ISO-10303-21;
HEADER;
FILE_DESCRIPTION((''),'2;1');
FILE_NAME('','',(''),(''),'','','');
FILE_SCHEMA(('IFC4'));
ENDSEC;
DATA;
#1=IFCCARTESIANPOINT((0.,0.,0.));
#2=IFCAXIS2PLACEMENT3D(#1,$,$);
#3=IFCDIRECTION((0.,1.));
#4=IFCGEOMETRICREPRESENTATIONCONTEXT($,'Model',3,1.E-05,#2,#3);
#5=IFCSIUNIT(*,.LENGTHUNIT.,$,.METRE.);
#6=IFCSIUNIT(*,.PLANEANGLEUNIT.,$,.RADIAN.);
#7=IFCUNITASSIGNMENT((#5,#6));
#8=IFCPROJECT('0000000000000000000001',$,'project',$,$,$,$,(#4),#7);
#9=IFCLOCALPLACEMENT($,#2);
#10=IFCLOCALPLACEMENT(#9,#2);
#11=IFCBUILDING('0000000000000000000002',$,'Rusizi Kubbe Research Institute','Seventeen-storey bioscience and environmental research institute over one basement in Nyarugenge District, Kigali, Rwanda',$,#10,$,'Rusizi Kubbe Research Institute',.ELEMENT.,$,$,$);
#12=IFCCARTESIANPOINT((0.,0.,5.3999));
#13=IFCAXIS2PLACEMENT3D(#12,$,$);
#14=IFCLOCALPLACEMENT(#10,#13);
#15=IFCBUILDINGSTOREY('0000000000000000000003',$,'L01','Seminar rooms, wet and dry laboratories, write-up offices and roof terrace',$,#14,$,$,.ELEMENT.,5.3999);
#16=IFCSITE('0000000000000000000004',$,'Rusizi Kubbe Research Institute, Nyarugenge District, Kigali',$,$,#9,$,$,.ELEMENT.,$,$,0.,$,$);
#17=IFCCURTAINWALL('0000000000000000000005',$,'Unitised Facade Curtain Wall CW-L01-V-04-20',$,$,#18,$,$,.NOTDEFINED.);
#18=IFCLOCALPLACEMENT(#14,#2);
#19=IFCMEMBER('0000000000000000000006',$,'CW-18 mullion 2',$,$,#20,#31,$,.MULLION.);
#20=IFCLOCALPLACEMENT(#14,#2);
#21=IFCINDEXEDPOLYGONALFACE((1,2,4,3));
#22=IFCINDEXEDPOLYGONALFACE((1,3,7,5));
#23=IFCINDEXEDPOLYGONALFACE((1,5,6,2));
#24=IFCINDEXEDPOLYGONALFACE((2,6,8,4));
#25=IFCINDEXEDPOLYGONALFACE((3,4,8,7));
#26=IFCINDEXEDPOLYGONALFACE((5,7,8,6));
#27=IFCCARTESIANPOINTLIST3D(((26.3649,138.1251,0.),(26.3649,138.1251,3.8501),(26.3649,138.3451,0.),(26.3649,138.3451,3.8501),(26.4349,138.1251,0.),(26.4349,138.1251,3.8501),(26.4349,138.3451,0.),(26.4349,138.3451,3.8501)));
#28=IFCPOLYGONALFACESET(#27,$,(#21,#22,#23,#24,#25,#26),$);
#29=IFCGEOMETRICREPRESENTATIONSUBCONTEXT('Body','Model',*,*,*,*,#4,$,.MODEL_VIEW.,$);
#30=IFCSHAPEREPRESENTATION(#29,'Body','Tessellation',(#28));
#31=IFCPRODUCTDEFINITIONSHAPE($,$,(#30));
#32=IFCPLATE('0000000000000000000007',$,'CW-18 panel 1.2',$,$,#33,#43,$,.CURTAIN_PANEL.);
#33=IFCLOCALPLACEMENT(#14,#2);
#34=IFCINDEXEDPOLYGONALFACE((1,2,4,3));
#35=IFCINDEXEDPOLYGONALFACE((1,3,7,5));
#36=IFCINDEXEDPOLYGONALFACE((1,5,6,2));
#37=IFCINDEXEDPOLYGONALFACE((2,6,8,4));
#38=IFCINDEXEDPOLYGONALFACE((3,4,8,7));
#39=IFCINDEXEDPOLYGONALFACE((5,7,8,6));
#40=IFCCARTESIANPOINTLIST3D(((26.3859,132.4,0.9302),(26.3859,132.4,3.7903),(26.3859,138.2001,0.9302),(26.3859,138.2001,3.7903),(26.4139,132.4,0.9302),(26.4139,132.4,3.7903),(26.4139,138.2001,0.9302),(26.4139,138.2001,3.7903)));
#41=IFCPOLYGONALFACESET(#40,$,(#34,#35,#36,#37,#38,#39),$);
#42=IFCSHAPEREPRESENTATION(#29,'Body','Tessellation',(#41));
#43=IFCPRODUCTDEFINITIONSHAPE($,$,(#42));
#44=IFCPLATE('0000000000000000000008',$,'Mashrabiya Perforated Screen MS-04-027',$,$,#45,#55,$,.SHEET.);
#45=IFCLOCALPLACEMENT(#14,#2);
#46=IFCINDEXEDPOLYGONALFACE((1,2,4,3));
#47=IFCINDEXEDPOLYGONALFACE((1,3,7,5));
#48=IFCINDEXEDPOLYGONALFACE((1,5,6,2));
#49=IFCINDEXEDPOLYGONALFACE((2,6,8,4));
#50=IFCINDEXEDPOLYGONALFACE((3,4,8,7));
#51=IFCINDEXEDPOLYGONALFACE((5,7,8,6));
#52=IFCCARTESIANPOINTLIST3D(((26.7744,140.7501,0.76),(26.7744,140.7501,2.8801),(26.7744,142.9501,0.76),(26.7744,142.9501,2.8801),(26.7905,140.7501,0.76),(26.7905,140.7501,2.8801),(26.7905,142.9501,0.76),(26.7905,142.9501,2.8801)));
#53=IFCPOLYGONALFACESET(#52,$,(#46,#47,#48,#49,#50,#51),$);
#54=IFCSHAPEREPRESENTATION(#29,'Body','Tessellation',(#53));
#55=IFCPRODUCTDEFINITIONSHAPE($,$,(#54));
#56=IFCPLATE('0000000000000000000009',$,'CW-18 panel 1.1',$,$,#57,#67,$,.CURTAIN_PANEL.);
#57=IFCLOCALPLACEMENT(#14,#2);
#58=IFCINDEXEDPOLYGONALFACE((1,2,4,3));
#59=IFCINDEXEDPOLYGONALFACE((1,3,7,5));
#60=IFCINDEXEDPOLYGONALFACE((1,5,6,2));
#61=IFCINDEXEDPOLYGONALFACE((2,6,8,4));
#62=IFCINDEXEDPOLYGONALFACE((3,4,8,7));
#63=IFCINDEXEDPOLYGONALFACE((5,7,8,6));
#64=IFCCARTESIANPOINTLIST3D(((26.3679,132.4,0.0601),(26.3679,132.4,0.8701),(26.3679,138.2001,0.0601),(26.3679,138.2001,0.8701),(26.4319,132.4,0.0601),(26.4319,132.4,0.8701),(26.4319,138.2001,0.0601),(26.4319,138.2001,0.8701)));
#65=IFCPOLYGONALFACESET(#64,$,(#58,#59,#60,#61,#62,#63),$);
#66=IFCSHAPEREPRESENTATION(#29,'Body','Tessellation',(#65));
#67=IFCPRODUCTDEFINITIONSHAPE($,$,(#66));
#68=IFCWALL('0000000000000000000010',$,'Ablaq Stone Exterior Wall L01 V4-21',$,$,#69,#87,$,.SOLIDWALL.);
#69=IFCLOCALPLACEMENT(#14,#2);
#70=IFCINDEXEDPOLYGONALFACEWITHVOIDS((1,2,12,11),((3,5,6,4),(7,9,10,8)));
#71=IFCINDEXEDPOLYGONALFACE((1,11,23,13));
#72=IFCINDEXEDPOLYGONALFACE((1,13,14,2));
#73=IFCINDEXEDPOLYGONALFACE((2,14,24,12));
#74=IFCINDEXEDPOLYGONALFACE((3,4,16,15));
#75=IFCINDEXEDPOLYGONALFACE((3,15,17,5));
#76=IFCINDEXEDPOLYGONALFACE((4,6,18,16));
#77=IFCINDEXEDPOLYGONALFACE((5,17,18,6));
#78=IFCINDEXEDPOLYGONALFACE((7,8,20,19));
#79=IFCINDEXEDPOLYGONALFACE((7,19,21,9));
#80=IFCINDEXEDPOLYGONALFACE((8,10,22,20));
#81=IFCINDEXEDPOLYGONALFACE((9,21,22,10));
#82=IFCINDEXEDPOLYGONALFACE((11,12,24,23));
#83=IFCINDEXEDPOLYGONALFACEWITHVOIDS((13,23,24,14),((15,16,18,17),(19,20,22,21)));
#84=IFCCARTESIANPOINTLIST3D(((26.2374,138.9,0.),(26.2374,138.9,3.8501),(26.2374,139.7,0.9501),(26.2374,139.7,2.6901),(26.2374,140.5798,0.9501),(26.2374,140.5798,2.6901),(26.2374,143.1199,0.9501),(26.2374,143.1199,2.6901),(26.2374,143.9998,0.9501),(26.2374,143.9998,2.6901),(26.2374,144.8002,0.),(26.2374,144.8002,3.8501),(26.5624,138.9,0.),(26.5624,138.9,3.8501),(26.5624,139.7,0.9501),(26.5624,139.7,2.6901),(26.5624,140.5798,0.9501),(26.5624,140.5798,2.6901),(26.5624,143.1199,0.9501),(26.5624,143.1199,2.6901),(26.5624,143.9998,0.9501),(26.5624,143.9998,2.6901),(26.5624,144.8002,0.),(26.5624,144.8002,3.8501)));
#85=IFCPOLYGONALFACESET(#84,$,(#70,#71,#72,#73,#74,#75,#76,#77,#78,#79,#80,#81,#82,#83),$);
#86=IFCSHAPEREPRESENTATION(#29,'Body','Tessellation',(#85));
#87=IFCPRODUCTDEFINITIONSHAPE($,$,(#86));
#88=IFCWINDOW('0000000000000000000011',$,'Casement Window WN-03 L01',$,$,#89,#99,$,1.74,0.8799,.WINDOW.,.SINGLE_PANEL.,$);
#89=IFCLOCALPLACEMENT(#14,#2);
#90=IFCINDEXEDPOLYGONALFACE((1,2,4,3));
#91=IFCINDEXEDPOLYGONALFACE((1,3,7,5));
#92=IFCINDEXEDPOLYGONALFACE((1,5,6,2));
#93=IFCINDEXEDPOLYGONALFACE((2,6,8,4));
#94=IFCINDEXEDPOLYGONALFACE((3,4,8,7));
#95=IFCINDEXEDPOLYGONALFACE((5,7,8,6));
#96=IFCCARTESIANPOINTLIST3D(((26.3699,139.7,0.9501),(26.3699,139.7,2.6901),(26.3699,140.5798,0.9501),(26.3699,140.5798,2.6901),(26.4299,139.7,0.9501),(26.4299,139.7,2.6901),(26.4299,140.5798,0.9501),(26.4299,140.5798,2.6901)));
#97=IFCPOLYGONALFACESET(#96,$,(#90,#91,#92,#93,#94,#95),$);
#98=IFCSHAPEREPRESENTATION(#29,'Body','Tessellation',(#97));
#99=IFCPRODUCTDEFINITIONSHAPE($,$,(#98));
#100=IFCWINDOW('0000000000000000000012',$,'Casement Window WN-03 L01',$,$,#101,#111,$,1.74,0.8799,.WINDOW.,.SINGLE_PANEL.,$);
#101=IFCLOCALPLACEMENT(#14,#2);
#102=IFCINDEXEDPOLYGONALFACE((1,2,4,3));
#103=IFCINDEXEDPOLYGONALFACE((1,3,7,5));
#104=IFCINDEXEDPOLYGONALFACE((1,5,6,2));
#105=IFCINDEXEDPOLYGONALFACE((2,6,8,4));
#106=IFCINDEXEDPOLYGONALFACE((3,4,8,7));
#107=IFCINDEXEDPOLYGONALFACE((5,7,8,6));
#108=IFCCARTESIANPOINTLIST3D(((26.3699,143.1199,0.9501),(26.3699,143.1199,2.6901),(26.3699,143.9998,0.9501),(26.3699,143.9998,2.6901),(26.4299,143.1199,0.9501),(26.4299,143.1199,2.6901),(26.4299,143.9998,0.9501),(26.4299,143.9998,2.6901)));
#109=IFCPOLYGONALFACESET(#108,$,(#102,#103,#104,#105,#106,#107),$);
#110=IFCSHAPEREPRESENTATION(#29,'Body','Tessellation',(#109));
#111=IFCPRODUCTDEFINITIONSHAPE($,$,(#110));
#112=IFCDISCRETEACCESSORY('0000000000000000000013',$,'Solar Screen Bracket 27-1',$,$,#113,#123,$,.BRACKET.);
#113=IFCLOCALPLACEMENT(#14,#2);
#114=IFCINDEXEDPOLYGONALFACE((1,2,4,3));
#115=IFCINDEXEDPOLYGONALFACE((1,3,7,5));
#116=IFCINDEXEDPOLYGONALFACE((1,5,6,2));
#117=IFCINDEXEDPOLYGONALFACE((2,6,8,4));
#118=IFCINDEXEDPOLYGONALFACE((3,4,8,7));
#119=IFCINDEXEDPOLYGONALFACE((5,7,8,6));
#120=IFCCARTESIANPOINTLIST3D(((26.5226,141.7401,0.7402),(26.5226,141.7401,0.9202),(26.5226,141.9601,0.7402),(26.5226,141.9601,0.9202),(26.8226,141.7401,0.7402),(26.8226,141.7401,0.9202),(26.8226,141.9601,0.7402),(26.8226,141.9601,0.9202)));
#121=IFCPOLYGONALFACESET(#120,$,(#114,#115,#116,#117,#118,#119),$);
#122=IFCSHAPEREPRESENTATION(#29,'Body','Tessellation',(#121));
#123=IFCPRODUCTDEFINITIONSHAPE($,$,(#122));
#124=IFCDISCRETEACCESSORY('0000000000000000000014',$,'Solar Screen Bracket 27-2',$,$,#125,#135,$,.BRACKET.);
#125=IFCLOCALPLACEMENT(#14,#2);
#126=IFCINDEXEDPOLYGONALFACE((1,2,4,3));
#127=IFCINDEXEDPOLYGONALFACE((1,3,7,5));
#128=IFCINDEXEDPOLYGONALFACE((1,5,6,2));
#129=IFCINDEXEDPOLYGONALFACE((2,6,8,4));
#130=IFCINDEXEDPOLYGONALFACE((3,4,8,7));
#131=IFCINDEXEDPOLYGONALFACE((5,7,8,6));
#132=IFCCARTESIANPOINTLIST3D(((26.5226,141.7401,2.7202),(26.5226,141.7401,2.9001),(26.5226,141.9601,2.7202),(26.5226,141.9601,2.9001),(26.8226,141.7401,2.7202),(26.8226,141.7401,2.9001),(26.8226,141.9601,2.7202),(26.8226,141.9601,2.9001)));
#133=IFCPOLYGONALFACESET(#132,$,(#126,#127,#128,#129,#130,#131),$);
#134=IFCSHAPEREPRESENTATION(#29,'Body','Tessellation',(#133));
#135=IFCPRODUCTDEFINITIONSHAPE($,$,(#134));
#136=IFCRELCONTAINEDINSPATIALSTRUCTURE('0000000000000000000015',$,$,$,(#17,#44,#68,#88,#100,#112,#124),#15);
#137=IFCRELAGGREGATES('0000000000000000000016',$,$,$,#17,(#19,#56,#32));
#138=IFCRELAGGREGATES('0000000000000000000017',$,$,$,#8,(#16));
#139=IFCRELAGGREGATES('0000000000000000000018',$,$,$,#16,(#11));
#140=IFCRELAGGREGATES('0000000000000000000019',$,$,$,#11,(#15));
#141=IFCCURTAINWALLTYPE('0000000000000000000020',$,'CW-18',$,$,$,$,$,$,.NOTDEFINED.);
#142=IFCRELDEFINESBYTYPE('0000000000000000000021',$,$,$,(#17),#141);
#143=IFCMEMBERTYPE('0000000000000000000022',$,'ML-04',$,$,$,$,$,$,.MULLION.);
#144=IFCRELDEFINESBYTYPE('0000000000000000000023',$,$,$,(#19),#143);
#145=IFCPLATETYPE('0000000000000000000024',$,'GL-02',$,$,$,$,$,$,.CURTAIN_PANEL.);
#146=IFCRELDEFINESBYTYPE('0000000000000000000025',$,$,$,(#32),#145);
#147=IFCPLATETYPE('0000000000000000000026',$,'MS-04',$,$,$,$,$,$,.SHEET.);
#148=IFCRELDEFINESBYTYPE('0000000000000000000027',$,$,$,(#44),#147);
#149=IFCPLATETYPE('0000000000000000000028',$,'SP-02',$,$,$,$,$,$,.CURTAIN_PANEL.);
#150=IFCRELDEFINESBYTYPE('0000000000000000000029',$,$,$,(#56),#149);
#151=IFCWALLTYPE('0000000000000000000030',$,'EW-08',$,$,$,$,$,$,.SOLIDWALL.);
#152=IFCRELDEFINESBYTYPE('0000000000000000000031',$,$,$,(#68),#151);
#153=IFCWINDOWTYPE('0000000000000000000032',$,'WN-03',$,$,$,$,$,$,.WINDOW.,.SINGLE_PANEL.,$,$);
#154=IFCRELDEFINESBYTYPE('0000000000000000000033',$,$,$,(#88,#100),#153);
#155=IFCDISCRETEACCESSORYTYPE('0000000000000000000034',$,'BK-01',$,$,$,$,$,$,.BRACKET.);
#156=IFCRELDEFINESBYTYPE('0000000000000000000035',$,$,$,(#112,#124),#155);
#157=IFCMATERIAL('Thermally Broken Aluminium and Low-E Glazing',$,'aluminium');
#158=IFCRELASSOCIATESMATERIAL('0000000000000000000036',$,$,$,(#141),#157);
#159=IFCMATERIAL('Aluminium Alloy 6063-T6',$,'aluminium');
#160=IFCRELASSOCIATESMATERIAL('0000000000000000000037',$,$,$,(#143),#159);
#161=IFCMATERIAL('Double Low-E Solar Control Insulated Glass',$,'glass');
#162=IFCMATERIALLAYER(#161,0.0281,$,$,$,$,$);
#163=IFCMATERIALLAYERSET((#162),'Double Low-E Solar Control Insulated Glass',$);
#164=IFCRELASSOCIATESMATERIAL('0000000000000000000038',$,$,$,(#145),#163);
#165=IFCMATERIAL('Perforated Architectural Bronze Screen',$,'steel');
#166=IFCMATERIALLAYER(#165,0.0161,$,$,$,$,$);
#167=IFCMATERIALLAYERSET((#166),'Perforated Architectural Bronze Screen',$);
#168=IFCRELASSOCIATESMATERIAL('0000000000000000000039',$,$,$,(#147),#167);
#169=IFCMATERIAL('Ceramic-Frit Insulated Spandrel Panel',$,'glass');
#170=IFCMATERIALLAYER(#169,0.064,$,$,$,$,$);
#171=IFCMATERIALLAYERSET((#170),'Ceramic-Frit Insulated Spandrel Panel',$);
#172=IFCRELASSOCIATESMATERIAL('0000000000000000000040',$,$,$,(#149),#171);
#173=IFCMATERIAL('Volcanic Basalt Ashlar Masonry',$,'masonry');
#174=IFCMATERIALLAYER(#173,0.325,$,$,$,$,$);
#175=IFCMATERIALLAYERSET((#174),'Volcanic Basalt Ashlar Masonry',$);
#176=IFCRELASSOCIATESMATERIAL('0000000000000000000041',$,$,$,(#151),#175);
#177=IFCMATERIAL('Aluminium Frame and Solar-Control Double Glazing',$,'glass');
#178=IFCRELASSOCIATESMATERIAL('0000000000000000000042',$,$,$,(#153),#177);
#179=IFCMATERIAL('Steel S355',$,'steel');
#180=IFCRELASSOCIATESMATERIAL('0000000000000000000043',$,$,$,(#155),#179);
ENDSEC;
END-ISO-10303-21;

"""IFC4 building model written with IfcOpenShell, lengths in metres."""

from ifc_helpers import new_model, si_unit, direction, frame, frame_2d, origin, origin_2d, place, context, subcontext, project, spatial, rectangle, extrude, material, layer, layer_set, material_profile, profile_set, type_object, element, fill, aggregate, save


model = new_model("IFC4")

# Units and contexts
model_context = context("Model", 3, precision=1e-05, world=origin(), true_north=direction((0.0, 1.0)))
body_context = subcontext(model_context, "Body", "Model", "MODEL_VIEW")
ifc_project = project(units=[si_unit("LENGTHUNIT", "METRE"), si_unit("PLANEANGLEUNIT", "RADIAN")], contexts=[model_context])

# Site, building, storey
site_placement = place(None, origin())
site = spatial("IfcSite", under=ifc_project, at=site_placement, Name="Rusizi Kubbe Research Institute, Nyarugenge District, Kigali", CompositionType="ELEMENT", RefElevation=0.0)
building_placement = place(site_placement, origin())
building = spatial("IfcBuilding", under=site, at=building_placement, Name="Rusizi Kubbe Research Institute", Description="Seventeen-storey bioscience and environmental research institute over one basement in Nyarugenge District, Kigali, Rwanda", LongName="Rusizi Kubbe Research Institute", CompositionType="ELEMENT")
storey_placement = place(building_placement, frame((0.0, 0.0, 5.3999)))
storey = spatial("IfcBuildingStorey", under=building, at=storey_placement, Name="L01", Description="Seminar rooms, wet and dry laboratories, write-up offices and roof terrace", CompositionType="ELEMENT", Elevation=5.3999)

# Curtain wall, member, plate
ifc_material_1 = material(Name="Thermally Broken Aluminium and Low-E Glazing", Category="aluminium")
curtain_wall_type = type_object("IfcCurtainWallType", Name="CW-18", PredefinedType="NOTDEFINED", material=ifc_material_1)
curtain_wall_placement = place(storey_placement, origin())
curtain_wall = element("IfcCurtainWall", 1, at=curtain_wall_placement, inside=storey, type_object=curtain_wall_type, Name="Unitised Facade Curtain Wall CW-L01-V-04-20", PredefinedType="NOTDEFINED")
ifc_material_2 = material(Name="Aluminium Alloy 6063-T6", Category="aluminium")
ifc_material_profile_1 = material_profile(ifc_material_2, rectangle(XDim=0.0701, YDim=0.22, at=origin_2d()), Name="ALU-M 70x220")
ifc_profile_set_1 = profile_set([ifc_material_profile_1], Name="Aluminium Alloy 6063-T6")
member_type = type_object("IfcMemberType", Name="ML-04", PredefinedType="MULLION", material=ifc_profile_set_1)
member_placement = place(storey_placement, frame((26.3999, 138.2351, 0.0), z_axis=(0.0, 0.0, 1.0), x_axis=(-1.0, 0.0, 0.0)))
member = element("IfcMember", 2, at=member_placement, type_object=member_type, Name="CW-18 mullion 2", PredefinedType="MULLION", context=body_context, shape_type="SweptSolid", body=[
    extrude(rectangle(XDim=0.0701, YDim=0.22, at=origin_2d()), origin(), (0.0, 0.0, 1.0), 3.8501),
])
ifc_material_3 = material(Name="Double Low-E Solar Control Insulated Glass", Category="glass")
ifc_layer_1 = layer(ifc_material_3, 0.0281)
ifc_layer_set_1 = layer_set([ifc_layer_1], Name="Double Low-E Solar Control Insulated Glass")
plate_type_1 = type_object("IfcPlateType", Name="GL-02", PredefinedType="CURTAIN_PANEL", material=ifc_layer_set_1)
plate_1_placement = place(storey_placement, frame((26.3999, 135.3, 0.9302), z_axis=(0.0, 0.0, 1.0), x_axis=(0.0, 1.0, 0.0)))
plate_1 = element("IfcPlate", 3, at=plate_1_placement, type_object=plate_type_1, Name="CW-18 panel 1.2", PredefinedType="CURTAIN_PANEL", context=body_context, shape_type="SweptSolid", body=[
    extrude(rectangle(XDim=5.8, YDim=0.0281, at=origin_2d()), origin(), (0.0, 0.0, 1.0), 2.8601),
])

# Plates
ifc_material_4 = material(Name="Perforated Architectural Bronze Screen", Category="steel")
ifc_layer_2 = layer(ifc_material_4, 0.0161)
ifc_layer_set_2 = layer_set([ifc_layer_2], Name="Perforated Architectural Bronze Screen")
plate_type_2 = type_object("IfcPlateType", Name="MS-04", PredefinedType="SHEET", material=ifc_layer_set_2)
plate_2_placement = place(storey_placement, frame((26.7825, 141.8501, 0.76), z_axis=(0.0, 0.0, 1.0), x_axis=(0.0, 1.0, 0.0)))
element("IfcPlate", 4, at=plate_2_placement, inside=storey, type_object=plate_type_2, Name="Mashrabiya Perforated Screen MS-04-027", PredefinedType="SHEET", context=body_context, shape_type="SweptSolid", body=[
    extrude(rectangle(XDim=2.2, YDim=0.0161, at=origin_2d()), origin(), (0.0, 0.0, 1.0), 2.1201),
])
ifc_material_5 = material(Name="Ceramic-Frit Insulated Spandrel Panel", Category="glass")
ifc_layer_3 = layer(ifc_material_5, 0.064)
ifc_layer_set_3 = layer_set([ifc_layer_3], Name="Ceramic-Frit Insulated Spandrel Panel")
plate_type_3 = type_object("IfcPlateType", Name="SP-02", PredefinedType="CURTAIN_PANEL", material=ifc_layer_set_3)
plate_3_placement = place(storey_placement, frame((26.3999, 135.3, 0.0601), z_axis=(0.0, 0.0, 1.0), x_axis=(0.0, 1.0, 0.0)))
plate_3 = element("IfcPlate", 5, at=plate_3_placement, type_object=plate_type_3, Name="CW-18 panel 1.1", PredefinedType="CURTAIN_PANEL", context=body_context, shape_type="SweptSolid", body=[
    extrude(rectangle(XDim=5.8, YDim=0.064, at=origin_2d()), origin(), (0.0, 0.0, 1.0), 0.8101),
])
aggregate(curtain_wall, [member, plate_3, plate_1])

# Wall, openings, windows
ifc_material_6 = material(Name="Volcanic Basalt Ashlar Masonry", Category="masonry")
ifc_layer_4 = layer(ifc_material_6, 0.325)
ifc_layer_set_4 = layer_set([ifc_layer_4], Name="Volcanic Basalt Ashlar Masonry")
wall_type = type_object("IfcWallType", Name="EW-08", PredefinedType="SOLIDWALL", material=ifc_layer_set_4)
wall_placement = place(storey_placement, frame((26.3999, 138.8999, 0.0), z_axis=(0.0, 0.0, 1.0), x_axis=(0.0, 1.0, 0.0)))
wall = element("IfcWall", 6, at=wall_placement, inside=storey, type_object=wall_type, Name="Ablaq Stone Exterior Wall L01 V4-21", PredefinedType="SOLIDWALL", context=body_context, shape_type="SweptSolid", body=[
    extrude(rectangle(XDim=5.9001, YDim=0.325, at=frame_2d((2.9502, 0.0))), origin(), (0.0, 0.0, 1.0), 3.8501),
])
opening_1_placement = place(wall_placement, frame((0.8, 0.0, 0.95)))
opening_1 = element("IfcOpeningElement", 7, at=opening_1_placement, cuts=wall, PredefinedType="OPENING", context=body_context, shape_type="SweptSolid", body=[
    extrude(rectangle(XDim=0.8799, YDim=1.74, at=frame_2d((0.4399, 0.8701))), frame((0.0, 0.1724, 0.0), z_axis=(0.0, -1.0, 0.0), x_axis=(1.0, 0.0, 0.0)), (0.0, 0.0, 1.0), 0.345),
])
opening_2_placement = place(wall_placement, frame((4.22, 0.0, 0.95)))
opening_2 = element("IfcOpeningElement", 8, at=opening_2_placement, cuts=wall, PredefinedType="OPENING", context=body_context, shape_type="SweptSolid", body=[
    extrude(rectangle(XDim=0.8799, YDim=1.74, at=frame_2d((0.4399, 0.8701))), frame((0.0, 0.1724, 0.0), z_axis=(0.0, -1.0, 0.0), x_axis=(1.0, 0.0, 0.0)), (0.0, 0.0, 1.0), 0.345),
])
ifc_material_7 = material(Name="Aluminium Frame and Solar-Control Double Glazing", Category="glass")
window_type = type_object("IfcWindowType", Name="WN-03", PartitioningType="SINGLE_PANEL", PredefinedType="WINDOW", material=ifc_material_7)
window_1_placement = place(opening_1_placement, origin())
window_1 = element("IfcWindow", 9, at=window_1_placement, inside=storey, type_object=window_type, Name="Casement Window WN-03 L01", OverallHeight=1.74, OverallWidth=0.8799, PartitioningType="SINGLE_PANEL", PredefinedType="WINDOW", context=body_context, shape_type="SweptSolid", body=[
    extrude(rectangle(XDim=0.8799, YDim=1.74, at=frame_2d((0.4399, 0.8701))), frame((0.0, 0.03, 0.0), z_axis=(0.0, -1.0, 0.0), x_axis=(1.0, 0.0, 0.0)), (0.0, 0.0, 1.0), 0.0601),
])
fill(opening_1, window_1)
window_2_placement = place(opening_2_placement, origin())
window_2 = element("IfcWindow", 10, at=window_2_placement, inside=storey, type_object=window_type, Name="Casement Window WN-03 L01", OverallHeight=1.74, OverallWidth=0.8799, PartitioningType="SINGLE_PANEL", PredefinedType="WINDOW", context=body_context, shape_type="SweptSolid", body=[
    extrude(rectangle(XDim=0.8799, YDim=1.74, at=frame_2d((0.4399, 0.8701))), frame((0.0, 0.03, 0.0), z_axis=(0.0, -1.0, 0.0), x_axis=(1.0, 0.0, 0.0)), (0.0, 0.0, 1.0), 0.0601),
])
fill(opening_2, window_2)

# Discrete accessories
ifc_material_8 = material(Name="Steel S355", Category="steel")
discrete_accessory_type = type_object("IfcDiscreteAccessoryType", Name="BK-01", PredefinedType="BRACKET", material=ifc_material_8)
for number, where, z_axis, x_axis, name in (
    (11, (26.6726, 141.8501, 0.7402), (0.0, 0.0, 1.0), (1.0, 0.0, 0.0), "Solar Screen Bracket 27-1"),
    (12, (26.6726, 141.8501, 2.7202), (0.0, 0.0, 1.0), (1.0, 0.0, 0.0), "Solar Screen Bracket 27-2"),
):
    element("IfcDiscreteAccessory", number, at=place(storey_placement, frame(where, z_axis=z_axis, x_axis=x_axis)), inside=storey, type_object=discrete_accessory_type, Name=name, PredefinedType="BRACKET", context=body_context, shape_type="SweptSolid", body=[
        extrude(rectangle(XDim=0.3, YDim=0.22, at=origin_2d()), origin(), (0.0, 0.0, 1.0), 0.1799),
    ])

save(model, "model.ifc")
